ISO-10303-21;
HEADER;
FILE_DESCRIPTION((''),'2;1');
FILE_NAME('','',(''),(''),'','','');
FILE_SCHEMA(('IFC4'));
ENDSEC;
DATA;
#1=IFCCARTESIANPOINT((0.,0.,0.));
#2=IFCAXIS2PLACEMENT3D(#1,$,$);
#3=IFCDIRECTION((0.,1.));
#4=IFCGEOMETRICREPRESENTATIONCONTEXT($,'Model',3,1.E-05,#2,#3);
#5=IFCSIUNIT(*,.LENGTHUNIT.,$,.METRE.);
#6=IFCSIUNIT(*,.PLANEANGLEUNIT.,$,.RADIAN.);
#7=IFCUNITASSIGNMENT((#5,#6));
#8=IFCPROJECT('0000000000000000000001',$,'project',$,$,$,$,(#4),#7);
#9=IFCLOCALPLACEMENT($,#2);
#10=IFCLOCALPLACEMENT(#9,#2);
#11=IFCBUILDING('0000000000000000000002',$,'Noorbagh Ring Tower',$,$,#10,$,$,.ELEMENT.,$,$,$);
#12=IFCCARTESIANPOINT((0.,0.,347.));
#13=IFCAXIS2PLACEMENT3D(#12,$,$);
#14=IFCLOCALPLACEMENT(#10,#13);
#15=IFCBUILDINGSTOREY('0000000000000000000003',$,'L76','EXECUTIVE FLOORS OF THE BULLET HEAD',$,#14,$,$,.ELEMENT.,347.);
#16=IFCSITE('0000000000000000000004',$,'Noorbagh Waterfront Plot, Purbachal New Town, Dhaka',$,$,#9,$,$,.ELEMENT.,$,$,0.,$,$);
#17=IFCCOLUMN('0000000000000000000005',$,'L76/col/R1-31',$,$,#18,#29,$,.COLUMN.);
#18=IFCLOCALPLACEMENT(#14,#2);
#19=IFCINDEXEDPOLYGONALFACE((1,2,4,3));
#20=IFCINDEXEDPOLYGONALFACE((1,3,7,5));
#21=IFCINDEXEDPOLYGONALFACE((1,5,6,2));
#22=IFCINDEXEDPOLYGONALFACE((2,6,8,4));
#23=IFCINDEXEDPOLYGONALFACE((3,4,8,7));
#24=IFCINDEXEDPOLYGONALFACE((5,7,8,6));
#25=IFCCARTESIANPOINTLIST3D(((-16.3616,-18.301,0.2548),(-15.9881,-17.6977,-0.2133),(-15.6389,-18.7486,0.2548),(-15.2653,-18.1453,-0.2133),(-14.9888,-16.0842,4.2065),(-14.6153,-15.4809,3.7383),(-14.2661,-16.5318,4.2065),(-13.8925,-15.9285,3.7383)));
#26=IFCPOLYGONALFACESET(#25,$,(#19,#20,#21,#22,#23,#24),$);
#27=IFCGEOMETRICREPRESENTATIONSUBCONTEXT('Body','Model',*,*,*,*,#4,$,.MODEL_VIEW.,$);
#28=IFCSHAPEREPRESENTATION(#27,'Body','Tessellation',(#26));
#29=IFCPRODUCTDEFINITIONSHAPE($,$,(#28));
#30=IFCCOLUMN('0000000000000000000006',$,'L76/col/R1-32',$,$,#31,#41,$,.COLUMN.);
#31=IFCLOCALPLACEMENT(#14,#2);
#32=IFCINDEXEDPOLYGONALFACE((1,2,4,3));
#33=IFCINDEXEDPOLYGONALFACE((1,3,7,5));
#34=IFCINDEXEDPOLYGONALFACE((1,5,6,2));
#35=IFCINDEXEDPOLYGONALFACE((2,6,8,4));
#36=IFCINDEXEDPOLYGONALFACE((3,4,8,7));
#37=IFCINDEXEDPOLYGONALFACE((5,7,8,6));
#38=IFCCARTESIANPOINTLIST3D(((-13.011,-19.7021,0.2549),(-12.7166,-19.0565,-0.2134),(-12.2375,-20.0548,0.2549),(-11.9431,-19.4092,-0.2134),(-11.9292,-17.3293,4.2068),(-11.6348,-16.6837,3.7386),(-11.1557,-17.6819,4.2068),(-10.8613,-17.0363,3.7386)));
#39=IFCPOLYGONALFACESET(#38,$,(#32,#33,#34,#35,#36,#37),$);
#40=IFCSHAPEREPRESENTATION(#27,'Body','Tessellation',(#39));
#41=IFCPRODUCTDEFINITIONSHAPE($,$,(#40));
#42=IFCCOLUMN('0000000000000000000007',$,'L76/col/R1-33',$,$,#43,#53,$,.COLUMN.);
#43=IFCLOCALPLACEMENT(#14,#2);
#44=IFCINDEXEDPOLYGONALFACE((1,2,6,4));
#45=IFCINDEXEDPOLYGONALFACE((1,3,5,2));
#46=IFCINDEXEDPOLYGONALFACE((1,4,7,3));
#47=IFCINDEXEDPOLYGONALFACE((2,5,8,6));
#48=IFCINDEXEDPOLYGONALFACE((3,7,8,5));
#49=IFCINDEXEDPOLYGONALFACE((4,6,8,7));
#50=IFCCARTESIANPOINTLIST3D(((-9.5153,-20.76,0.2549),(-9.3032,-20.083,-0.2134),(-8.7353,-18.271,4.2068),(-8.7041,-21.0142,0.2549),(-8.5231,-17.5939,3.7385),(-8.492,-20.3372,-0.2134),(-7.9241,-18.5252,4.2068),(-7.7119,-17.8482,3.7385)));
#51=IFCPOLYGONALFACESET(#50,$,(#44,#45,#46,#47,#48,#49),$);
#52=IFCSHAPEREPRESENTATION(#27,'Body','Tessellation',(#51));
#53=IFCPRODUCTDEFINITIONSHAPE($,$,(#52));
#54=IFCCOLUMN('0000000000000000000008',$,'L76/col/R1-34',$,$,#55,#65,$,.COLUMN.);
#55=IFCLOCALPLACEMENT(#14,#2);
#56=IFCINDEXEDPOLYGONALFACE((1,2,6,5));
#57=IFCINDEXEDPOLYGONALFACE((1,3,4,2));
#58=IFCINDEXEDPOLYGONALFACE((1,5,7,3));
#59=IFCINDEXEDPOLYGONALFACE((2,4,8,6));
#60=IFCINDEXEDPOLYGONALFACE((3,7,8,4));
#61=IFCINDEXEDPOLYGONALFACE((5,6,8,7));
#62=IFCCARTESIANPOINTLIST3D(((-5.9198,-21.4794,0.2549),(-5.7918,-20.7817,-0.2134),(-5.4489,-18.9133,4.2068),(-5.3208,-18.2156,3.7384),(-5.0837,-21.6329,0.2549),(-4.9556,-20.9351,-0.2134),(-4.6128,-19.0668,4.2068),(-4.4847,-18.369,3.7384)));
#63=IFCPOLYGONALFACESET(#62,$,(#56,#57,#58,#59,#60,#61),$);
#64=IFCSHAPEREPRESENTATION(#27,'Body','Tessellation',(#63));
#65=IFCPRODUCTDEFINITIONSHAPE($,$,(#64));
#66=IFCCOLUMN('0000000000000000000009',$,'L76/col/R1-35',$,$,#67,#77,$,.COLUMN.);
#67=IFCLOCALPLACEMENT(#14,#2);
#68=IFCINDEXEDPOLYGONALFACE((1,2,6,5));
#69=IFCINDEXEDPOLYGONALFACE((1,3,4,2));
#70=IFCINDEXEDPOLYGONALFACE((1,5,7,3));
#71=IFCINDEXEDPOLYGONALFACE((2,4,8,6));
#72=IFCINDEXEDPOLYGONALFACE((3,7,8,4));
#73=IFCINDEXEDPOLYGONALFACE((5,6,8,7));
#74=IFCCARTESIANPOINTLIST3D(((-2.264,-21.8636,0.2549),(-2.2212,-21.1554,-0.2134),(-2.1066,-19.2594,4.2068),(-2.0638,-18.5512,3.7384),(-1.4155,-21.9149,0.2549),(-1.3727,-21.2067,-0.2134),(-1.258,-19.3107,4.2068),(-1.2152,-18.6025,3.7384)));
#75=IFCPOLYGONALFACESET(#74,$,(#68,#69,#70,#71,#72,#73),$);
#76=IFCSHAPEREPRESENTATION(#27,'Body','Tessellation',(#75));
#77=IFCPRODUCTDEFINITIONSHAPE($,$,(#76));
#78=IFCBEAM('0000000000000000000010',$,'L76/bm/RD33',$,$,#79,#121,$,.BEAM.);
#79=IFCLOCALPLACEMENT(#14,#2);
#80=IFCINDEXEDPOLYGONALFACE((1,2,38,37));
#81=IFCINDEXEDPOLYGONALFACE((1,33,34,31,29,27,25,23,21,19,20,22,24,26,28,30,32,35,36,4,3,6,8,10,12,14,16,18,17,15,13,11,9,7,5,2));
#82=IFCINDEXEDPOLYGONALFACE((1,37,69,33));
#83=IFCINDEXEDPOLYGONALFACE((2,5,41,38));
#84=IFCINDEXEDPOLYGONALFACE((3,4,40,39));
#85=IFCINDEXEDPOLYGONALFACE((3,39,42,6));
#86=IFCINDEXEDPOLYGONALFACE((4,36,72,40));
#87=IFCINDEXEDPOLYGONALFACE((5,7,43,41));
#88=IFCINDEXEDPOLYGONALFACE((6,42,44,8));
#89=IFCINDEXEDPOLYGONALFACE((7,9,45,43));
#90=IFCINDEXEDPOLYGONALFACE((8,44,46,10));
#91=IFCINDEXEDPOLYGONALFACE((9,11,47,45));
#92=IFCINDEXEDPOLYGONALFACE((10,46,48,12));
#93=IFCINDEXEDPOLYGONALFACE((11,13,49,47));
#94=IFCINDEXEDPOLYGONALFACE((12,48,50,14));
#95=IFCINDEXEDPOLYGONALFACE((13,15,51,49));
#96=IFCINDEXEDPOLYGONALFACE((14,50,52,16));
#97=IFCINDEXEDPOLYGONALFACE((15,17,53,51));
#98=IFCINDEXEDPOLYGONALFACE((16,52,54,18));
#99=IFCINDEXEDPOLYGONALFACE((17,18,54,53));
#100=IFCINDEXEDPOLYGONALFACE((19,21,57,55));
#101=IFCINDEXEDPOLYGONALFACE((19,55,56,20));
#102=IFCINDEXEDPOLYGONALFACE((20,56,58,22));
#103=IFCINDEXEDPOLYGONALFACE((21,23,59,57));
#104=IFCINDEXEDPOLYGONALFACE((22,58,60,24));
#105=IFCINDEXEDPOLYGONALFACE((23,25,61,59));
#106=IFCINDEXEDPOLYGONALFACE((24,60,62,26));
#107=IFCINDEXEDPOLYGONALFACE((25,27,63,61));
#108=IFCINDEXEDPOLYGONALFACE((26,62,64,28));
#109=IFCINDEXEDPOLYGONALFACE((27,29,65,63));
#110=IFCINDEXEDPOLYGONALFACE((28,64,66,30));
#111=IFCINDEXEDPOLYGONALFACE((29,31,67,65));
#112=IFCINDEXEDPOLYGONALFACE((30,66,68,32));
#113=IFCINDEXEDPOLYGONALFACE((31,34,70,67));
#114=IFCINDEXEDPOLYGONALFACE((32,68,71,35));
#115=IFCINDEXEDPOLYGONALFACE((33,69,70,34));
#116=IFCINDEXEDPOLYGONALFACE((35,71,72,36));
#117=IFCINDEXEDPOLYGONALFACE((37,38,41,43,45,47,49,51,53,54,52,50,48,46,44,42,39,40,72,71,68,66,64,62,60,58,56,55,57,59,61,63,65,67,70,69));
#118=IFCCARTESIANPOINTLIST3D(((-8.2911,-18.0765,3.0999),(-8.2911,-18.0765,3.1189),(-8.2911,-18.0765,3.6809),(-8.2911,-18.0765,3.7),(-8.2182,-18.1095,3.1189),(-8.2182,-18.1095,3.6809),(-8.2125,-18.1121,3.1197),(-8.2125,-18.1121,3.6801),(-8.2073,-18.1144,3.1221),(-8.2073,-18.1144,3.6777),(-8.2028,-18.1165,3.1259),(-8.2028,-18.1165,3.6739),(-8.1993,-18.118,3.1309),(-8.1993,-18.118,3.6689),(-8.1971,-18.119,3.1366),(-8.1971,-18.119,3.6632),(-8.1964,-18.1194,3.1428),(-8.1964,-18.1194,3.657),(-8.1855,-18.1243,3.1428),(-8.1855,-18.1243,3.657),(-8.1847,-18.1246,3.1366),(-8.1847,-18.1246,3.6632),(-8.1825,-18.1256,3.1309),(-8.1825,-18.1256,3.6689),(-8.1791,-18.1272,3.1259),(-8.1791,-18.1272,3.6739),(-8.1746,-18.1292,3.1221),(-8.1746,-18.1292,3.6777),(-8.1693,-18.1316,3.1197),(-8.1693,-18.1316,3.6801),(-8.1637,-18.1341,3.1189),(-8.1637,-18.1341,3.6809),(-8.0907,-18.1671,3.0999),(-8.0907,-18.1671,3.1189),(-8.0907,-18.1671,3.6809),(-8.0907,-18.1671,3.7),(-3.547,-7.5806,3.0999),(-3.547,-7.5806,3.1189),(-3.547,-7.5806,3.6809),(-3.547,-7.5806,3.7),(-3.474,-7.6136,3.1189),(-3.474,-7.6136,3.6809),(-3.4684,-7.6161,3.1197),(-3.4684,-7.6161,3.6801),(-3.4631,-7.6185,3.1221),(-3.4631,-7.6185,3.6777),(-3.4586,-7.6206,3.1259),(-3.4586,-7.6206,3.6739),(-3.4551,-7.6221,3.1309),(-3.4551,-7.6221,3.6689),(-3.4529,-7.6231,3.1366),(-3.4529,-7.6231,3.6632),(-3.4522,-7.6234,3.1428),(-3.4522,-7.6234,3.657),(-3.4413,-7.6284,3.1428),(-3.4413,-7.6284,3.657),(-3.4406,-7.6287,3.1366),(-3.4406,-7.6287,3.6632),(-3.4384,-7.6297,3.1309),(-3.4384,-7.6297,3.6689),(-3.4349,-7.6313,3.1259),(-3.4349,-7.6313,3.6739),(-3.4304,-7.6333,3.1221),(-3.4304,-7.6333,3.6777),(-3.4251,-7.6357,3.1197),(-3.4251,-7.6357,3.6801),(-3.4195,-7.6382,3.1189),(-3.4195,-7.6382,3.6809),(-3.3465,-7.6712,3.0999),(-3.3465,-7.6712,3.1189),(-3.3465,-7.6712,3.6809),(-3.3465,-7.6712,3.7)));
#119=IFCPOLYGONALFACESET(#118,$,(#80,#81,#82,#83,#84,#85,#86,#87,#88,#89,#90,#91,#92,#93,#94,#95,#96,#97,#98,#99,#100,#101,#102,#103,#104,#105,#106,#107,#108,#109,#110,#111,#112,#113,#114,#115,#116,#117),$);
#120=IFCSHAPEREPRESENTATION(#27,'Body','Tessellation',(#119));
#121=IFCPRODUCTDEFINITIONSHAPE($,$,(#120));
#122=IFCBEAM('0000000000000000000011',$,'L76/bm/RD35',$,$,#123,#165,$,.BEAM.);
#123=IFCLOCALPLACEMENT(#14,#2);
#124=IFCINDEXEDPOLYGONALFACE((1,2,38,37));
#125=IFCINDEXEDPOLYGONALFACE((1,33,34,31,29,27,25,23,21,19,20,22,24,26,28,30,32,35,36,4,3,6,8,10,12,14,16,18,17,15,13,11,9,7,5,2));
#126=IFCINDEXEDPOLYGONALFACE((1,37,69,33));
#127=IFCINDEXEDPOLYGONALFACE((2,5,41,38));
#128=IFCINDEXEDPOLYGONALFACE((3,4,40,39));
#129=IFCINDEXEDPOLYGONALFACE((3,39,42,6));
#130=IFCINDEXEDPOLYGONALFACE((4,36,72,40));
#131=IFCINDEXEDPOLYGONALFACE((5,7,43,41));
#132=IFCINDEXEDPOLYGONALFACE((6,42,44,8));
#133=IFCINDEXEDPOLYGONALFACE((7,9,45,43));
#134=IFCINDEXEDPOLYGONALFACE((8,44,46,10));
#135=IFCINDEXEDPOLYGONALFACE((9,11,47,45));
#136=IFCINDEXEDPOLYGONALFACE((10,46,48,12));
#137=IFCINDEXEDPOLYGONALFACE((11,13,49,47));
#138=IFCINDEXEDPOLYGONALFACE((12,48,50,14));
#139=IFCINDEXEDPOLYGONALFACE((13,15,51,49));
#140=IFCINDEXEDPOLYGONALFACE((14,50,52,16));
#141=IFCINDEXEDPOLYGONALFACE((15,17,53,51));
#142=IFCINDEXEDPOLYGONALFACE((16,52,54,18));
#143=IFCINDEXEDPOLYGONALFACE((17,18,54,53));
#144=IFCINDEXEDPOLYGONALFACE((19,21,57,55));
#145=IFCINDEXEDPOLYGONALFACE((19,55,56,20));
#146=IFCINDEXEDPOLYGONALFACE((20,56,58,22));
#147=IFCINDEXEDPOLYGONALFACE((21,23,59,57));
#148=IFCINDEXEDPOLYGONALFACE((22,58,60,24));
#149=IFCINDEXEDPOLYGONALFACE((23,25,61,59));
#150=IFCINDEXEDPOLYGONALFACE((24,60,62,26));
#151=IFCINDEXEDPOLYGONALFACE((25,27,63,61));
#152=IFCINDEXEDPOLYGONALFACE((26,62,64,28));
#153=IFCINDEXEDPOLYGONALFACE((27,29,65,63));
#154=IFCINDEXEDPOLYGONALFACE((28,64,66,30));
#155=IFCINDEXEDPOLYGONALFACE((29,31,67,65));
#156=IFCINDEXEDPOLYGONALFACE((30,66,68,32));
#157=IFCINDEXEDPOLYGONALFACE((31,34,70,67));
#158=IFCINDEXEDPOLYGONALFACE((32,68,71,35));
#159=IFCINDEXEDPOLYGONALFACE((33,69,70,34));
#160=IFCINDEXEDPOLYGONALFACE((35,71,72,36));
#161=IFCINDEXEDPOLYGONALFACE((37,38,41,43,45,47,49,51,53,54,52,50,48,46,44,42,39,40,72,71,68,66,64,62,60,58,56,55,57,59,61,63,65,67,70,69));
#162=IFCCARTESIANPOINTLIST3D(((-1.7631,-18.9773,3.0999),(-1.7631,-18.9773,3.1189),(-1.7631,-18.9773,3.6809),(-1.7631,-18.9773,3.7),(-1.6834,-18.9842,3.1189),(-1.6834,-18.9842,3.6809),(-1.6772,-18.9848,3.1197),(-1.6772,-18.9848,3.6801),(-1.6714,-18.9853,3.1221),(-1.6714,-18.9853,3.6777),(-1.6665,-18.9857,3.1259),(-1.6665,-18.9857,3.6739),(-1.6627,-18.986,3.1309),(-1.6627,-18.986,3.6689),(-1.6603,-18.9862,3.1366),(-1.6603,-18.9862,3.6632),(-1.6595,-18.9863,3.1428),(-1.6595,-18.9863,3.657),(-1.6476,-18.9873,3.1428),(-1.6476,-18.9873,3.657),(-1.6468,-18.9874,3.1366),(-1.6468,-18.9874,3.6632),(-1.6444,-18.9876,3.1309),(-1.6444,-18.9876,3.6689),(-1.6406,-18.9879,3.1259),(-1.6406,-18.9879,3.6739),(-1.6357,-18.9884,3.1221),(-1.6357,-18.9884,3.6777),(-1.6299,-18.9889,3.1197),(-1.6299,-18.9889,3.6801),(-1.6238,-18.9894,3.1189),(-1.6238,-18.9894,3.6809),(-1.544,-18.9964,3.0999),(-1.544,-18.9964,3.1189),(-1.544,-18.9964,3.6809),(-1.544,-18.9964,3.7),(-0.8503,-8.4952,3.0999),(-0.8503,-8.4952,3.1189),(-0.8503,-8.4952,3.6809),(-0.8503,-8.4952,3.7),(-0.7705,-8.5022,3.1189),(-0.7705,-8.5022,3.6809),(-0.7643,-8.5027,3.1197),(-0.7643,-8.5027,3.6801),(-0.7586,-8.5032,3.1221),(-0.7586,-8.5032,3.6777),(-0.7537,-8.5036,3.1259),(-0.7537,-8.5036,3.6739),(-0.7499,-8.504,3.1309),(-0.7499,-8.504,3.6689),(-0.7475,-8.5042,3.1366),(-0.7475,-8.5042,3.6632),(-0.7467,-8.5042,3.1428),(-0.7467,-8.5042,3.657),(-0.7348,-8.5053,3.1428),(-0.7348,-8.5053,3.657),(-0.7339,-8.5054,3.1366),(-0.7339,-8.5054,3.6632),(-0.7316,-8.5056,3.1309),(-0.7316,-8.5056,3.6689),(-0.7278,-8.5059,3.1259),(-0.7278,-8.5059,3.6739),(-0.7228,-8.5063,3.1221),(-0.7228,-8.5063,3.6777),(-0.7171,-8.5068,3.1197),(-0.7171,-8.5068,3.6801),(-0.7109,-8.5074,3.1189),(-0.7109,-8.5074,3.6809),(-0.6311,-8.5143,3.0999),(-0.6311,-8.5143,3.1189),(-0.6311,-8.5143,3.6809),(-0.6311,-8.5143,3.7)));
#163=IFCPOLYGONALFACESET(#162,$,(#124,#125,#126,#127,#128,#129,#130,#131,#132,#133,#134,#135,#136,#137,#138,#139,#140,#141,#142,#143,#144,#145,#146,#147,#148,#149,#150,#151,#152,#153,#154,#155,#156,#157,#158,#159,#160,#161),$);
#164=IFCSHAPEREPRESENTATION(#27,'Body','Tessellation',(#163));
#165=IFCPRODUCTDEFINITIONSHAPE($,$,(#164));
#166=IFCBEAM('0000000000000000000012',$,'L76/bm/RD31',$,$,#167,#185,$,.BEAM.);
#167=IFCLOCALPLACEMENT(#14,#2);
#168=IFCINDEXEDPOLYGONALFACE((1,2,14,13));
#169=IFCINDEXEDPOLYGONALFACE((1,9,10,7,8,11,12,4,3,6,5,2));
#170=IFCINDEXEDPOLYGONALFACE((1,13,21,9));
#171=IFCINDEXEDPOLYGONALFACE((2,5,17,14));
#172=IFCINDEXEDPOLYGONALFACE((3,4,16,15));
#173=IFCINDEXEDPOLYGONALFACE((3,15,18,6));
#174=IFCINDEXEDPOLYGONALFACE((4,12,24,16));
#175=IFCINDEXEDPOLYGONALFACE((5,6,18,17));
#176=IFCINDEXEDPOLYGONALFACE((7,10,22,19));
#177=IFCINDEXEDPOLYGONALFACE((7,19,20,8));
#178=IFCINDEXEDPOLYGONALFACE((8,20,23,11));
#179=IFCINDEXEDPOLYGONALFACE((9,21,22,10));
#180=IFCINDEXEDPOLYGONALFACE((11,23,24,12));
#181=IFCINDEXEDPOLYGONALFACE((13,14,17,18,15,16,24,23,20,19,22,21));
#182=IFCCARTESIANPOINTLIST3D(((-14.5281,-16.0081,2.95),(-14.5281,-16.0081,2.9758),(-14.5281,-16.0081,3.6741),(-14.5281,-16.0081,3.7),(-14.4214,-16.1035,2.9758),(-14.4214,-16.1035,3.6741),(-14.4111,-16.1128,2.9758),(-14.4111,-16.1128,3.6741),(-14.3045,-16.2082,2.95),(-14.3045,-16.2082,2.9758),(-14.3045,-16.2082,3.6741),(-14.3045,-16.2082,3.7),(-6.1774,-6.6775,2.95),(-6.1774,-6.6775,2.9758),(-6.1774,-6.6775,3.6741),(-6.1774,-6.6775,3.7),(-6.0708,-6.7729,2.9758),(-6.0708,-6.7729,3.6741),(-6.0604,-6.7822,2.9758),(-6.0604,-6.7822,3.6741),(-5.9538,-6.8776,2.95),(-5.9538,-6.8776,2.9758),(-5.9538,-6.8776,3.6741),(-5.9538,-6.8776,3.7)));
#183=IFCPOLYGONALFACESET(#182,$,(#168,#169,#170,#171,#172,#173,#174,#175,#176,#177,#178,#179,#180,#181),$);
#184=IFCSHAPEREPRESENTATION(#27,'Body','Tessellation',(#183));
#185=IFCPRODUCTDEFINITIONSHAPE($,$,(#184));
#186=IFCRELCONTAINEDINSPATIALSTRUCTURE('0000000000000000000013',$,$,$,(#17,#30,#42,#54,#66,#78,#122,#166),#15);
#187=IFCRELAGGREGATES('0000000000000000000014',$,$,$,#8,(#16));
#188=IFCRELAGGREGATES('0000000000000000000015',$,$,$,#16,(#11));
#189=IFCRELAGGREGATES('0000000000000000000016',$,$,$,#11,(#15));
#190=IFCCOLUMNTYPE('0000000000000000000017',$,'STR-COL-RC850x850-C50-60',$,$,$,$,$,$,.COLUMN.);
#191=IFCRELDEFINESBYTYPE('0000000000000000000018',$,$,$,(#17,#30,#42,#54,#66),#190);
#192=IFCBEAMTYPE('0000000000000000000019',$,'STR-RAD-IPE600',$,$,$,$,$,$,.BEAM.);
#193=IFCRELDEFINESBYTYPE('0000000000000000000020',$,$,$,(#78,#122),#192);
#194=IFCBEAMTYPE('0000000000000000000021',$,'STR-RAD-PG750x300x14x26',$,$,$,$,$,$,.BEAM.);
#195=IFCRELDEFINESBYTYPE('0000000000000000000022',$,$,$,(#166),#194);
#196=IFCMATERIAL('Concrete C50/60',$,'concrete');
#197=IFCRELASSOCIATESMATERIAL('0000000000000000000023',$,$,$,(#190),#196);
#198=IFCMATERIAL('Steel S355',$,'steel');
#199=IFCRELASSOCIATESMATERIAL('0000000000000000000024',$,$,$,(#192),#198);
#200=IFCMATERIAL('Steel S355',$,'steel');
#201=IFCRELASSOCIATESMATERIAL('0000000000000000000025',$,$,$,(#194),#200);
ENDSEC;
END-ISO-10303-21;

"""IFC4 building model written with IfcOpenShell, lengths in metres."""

from ifc_helpers import new_model, si_unit, direction, frame, origin, origin_2d, place, context, subcontext, project, spatial, rectangle, i_section, extrude, material, material_profile, profile_set, type_object, element, save


model = new_model("IFC4")

# Units and contexts
model_context = context("Model", 3, precision=1e-05, world=origin(), true_north=direction((0.0, 1.0)))
body_context = subcontext(model_context, "Body", "Model", "MODEL_VIEW")
ifc_project = project(units=[si_unit("LENGTHUNIT", "METRE"), si_unit("PLANEANGLEUNIT", "RADIAN")], contexts=[model_context])

# Site, building, storey
site_placement = place(None, origin())
site = spatial("IfcSite", under=ifc_project, at=site_placement, Name="Noorbagh Waterfront Plot, Purbachal New Town, Dhaka", CompositionType="ELEMENT", RefElevation=0.0)
building_placement = place(site_placement, origin())
building = spatial("IfcBuilding", under=site, at=building_placement, Name="Noorbagh Ring Tower", CompositionType="ELEMENT")
storey_placement = place(building_placement, frame((0.0, 0.0, 347.0)))
storey = spatial("IfcBuildingStorey", under=building, at=storey_placement, Name="L76", Description="EXECUTIVE FLOORS OF THE BULLET HEAD", CompositionType="ELEMENT", Elevation=347.0)

# Columns
ifc_material_1 = material(Name="Concrete C50/60", Category="concrete")
ifc_material_profile_1 = material_profile(ifc_material_1, rectangle(XDim=0.8501, YDim=0.8501, at=origin_2d()), Name="RC850x850")
ifc_profile_set_1 = profile_set([ifc_material_profile_1], Name="Concrete C50/60")
column_type = type_object("IfcColumnType", Name="STR-COL-RC850x850-C50-60", PredefinedType="COLUMN", material=ifc_profile_set_1)
column_1_placement = place(storey_placement, frame((-15.8135, -18.2231, 0.0208), z_axis=(0.289964, 0.468233, 0.834672), x_axis=(-0.850179, 0.526493, 0.0)))
element("IfcColumn", 1, at=column_1_placement, inside=storey, type_object=column_type, Name="L76/col/R1-31", PredefinedType="COLUMN", context=body_context, shape_type="SweptSolid", body=[
    extrude(rectangle(XDim=0.8501, YDim=0.8501, at=origin_2d()), origin(), (0.0, 0.0, 1.0), 4.7344),
])
column_2_placement = place(storey_placement, frame((-12.4771, -19.5557, 0.0208), z_axis=(0.228477, 0.501145, 0.834657), x_axis=(-0.909898, 0.414833, 0.0)))
element("IfcColumn", 2, at=column_2_placement, inside=storey, type_object=column_type, Name="L76/col/R1-32", PredefinedType="COLUMN", context=body_context, shape_type="SweptSolid", body=[
    extrude(rectangle(XDim=0.8501, YDim=0.8501, at=origin_2d()), origin(), (0.0, 0.0, 1.0), 4.7349),
])
column_3_placement = place(storey_placement, frame((-9.0037, -20.5486, 0.0208), z_axis=(0.164733, 0.525652, 0.834598), x_axis=(-0.954238, 0.299048, 0.0)))
element("IfcColumn", 3, at=column_3_placement, inside=storey, type_object=column_type, Name="L76/col/R1-33", PredefinedType="COLUMN", context=body_context, shape_type="SweptSolid", body=[
    extrude(rectangle(XDim=0.8501, YDim=0.8501, at=origin_2d()), origin(), (0.0, 0.0, 1.0), 4.7351),
])
for number, where, z_axis, x_axis, name in (
    (4, (-5.4377, -21.2073, 0.0208), (0.099451, 0.541904, 0.834535), (-0.983574, 0.180507, 0.0), "L76/col/R1-34"),
    (5, (-1.8184, -21.5352, 0.0208), (0.033254, 0.549948, 0.834537), (-0.998177, 0.060357, 0.0), "L76/col/R1-35"),
):
    element("IfcColumn", number, at=place(storey_placement, frame(where, z_axis=z_axis, x_axis=x_axis)), inside=storey, type_object=column_type, Name=name, PredefinedType="COLUMN", context=body_context, shape_type="SweptSolid", body=[
        extrude(rectangle(XDim=0.8501, YDim=0.8501, at=origin_2d()), origin(), (0.0, 0.0, 1.0), 4.7354),
    ])

# Beams
ifc_material_2 = material(Name="Steel S355", Category="steel")
ifc_material_profile_2 = material_profile(ifc_material_2, i_section(OverallWidth=0.22, OverallDepth=0.6001, WebThickness=0.012, FlangeThickness=0.019, FilletRadius=0.0239, at=origin_2d()), Name="IPE600")
ifc_profile_set_2 = profile_set([ifc_material_profile_2], Name="Steel S355")
beam_type_1 = type_object("IfcBeamType", Name="STR-RAD-IPE600", PredefinedType="BEAM", material=ifc_profile_set_2)
beam_1_placement = place(storey_placement, frame((-8.1909, -18.1218, 3.3999), z_axis=(0.411881, 0.911238, 0.0), x_axis=(-0.911238, 0.411881, 0.0)))
element("IfcBeam", 6, at=beam_1_placement, inside=storey, type_object=beam_type_1, Name="L76/bm/RD33", PredefinedType="BEAM", context=body_context, shape_type="SweptSolid", body=[
    extrude(i_section(OverallWidth=0.22, OverallDepth=0.6001, WebThickness=0.012, FlangeThickness=0.019, FilletRadius=0.0239, at=origin_2d()), origin(), (0.0, 0.0, 1.0), 11.5183),
])
beam_2_placement = place(storey_placement, frame((-1.6536, -18.9868, 3.3999), z_axis=(0.086759, 0.996229, 0.0), x_axis=(-0.996229, 0.086759, 0.0)))
element("IfcBeam", 7, at=beam_2_placement, inside=storey, type_object=beam_type_1, Name="L76/bm/RD35", PredefinedType="BEAM", context=body_context, shape_type="SweptSolid", body=[
    extrude(i_section(OverallWidth=0.22, OverallDepth=0.6001, WebThickness=0.012, FlangeThickness=0.019, FilletRadius=0.0239, at=origin_2d()), origin(), (0.0, 0.0, 1.0), 10.5217),
])
ifc_material_3 = material(Name="Steel S355", Category="steel")
ifc_material_profile_3 = material_profile(ifc_material_3, i_section(OverallWidth=0.3, OverallDepth=0.75, WebThickness=0.0139, FlangeThickness=0.0259, at=origin_2d()), Name="PG750x300x14x26")
ifc_profile_set_3 = profile_set([ifc_material_profile_3], Name="Steel S355")
beam_type_2 = type_object("IfcBeamType", Name="STR-RAD-PG750x300x14x26", PredefinedType="BEAM", material=ifc_profile_set_3)
beam_3_placement = place(storey_placement, frame((-14.4163, -16.1082, 3.325), z_axis=(0.666892, 0.745155, 0.0), x_axis=(-0.745155, 0.666892, 0.0)))
element("IfcBeam", 8, at=beam_3_placement, inside=storey, type_object=beam_type_2, Name="L76/bm/RD31", PredefinedType="BEAM", context=body_context, shape_type="SweptSolid", body=[
    extrude(i_section(OverallWidth=0.3, OverallDepth=0.75, WebThickness=0.0139, FlangeThickness=0.0259, at=origin_2d()), origin(), (0.0, 0.0, 1.0), 12.5217),
])

save(model, "model.ifc")
